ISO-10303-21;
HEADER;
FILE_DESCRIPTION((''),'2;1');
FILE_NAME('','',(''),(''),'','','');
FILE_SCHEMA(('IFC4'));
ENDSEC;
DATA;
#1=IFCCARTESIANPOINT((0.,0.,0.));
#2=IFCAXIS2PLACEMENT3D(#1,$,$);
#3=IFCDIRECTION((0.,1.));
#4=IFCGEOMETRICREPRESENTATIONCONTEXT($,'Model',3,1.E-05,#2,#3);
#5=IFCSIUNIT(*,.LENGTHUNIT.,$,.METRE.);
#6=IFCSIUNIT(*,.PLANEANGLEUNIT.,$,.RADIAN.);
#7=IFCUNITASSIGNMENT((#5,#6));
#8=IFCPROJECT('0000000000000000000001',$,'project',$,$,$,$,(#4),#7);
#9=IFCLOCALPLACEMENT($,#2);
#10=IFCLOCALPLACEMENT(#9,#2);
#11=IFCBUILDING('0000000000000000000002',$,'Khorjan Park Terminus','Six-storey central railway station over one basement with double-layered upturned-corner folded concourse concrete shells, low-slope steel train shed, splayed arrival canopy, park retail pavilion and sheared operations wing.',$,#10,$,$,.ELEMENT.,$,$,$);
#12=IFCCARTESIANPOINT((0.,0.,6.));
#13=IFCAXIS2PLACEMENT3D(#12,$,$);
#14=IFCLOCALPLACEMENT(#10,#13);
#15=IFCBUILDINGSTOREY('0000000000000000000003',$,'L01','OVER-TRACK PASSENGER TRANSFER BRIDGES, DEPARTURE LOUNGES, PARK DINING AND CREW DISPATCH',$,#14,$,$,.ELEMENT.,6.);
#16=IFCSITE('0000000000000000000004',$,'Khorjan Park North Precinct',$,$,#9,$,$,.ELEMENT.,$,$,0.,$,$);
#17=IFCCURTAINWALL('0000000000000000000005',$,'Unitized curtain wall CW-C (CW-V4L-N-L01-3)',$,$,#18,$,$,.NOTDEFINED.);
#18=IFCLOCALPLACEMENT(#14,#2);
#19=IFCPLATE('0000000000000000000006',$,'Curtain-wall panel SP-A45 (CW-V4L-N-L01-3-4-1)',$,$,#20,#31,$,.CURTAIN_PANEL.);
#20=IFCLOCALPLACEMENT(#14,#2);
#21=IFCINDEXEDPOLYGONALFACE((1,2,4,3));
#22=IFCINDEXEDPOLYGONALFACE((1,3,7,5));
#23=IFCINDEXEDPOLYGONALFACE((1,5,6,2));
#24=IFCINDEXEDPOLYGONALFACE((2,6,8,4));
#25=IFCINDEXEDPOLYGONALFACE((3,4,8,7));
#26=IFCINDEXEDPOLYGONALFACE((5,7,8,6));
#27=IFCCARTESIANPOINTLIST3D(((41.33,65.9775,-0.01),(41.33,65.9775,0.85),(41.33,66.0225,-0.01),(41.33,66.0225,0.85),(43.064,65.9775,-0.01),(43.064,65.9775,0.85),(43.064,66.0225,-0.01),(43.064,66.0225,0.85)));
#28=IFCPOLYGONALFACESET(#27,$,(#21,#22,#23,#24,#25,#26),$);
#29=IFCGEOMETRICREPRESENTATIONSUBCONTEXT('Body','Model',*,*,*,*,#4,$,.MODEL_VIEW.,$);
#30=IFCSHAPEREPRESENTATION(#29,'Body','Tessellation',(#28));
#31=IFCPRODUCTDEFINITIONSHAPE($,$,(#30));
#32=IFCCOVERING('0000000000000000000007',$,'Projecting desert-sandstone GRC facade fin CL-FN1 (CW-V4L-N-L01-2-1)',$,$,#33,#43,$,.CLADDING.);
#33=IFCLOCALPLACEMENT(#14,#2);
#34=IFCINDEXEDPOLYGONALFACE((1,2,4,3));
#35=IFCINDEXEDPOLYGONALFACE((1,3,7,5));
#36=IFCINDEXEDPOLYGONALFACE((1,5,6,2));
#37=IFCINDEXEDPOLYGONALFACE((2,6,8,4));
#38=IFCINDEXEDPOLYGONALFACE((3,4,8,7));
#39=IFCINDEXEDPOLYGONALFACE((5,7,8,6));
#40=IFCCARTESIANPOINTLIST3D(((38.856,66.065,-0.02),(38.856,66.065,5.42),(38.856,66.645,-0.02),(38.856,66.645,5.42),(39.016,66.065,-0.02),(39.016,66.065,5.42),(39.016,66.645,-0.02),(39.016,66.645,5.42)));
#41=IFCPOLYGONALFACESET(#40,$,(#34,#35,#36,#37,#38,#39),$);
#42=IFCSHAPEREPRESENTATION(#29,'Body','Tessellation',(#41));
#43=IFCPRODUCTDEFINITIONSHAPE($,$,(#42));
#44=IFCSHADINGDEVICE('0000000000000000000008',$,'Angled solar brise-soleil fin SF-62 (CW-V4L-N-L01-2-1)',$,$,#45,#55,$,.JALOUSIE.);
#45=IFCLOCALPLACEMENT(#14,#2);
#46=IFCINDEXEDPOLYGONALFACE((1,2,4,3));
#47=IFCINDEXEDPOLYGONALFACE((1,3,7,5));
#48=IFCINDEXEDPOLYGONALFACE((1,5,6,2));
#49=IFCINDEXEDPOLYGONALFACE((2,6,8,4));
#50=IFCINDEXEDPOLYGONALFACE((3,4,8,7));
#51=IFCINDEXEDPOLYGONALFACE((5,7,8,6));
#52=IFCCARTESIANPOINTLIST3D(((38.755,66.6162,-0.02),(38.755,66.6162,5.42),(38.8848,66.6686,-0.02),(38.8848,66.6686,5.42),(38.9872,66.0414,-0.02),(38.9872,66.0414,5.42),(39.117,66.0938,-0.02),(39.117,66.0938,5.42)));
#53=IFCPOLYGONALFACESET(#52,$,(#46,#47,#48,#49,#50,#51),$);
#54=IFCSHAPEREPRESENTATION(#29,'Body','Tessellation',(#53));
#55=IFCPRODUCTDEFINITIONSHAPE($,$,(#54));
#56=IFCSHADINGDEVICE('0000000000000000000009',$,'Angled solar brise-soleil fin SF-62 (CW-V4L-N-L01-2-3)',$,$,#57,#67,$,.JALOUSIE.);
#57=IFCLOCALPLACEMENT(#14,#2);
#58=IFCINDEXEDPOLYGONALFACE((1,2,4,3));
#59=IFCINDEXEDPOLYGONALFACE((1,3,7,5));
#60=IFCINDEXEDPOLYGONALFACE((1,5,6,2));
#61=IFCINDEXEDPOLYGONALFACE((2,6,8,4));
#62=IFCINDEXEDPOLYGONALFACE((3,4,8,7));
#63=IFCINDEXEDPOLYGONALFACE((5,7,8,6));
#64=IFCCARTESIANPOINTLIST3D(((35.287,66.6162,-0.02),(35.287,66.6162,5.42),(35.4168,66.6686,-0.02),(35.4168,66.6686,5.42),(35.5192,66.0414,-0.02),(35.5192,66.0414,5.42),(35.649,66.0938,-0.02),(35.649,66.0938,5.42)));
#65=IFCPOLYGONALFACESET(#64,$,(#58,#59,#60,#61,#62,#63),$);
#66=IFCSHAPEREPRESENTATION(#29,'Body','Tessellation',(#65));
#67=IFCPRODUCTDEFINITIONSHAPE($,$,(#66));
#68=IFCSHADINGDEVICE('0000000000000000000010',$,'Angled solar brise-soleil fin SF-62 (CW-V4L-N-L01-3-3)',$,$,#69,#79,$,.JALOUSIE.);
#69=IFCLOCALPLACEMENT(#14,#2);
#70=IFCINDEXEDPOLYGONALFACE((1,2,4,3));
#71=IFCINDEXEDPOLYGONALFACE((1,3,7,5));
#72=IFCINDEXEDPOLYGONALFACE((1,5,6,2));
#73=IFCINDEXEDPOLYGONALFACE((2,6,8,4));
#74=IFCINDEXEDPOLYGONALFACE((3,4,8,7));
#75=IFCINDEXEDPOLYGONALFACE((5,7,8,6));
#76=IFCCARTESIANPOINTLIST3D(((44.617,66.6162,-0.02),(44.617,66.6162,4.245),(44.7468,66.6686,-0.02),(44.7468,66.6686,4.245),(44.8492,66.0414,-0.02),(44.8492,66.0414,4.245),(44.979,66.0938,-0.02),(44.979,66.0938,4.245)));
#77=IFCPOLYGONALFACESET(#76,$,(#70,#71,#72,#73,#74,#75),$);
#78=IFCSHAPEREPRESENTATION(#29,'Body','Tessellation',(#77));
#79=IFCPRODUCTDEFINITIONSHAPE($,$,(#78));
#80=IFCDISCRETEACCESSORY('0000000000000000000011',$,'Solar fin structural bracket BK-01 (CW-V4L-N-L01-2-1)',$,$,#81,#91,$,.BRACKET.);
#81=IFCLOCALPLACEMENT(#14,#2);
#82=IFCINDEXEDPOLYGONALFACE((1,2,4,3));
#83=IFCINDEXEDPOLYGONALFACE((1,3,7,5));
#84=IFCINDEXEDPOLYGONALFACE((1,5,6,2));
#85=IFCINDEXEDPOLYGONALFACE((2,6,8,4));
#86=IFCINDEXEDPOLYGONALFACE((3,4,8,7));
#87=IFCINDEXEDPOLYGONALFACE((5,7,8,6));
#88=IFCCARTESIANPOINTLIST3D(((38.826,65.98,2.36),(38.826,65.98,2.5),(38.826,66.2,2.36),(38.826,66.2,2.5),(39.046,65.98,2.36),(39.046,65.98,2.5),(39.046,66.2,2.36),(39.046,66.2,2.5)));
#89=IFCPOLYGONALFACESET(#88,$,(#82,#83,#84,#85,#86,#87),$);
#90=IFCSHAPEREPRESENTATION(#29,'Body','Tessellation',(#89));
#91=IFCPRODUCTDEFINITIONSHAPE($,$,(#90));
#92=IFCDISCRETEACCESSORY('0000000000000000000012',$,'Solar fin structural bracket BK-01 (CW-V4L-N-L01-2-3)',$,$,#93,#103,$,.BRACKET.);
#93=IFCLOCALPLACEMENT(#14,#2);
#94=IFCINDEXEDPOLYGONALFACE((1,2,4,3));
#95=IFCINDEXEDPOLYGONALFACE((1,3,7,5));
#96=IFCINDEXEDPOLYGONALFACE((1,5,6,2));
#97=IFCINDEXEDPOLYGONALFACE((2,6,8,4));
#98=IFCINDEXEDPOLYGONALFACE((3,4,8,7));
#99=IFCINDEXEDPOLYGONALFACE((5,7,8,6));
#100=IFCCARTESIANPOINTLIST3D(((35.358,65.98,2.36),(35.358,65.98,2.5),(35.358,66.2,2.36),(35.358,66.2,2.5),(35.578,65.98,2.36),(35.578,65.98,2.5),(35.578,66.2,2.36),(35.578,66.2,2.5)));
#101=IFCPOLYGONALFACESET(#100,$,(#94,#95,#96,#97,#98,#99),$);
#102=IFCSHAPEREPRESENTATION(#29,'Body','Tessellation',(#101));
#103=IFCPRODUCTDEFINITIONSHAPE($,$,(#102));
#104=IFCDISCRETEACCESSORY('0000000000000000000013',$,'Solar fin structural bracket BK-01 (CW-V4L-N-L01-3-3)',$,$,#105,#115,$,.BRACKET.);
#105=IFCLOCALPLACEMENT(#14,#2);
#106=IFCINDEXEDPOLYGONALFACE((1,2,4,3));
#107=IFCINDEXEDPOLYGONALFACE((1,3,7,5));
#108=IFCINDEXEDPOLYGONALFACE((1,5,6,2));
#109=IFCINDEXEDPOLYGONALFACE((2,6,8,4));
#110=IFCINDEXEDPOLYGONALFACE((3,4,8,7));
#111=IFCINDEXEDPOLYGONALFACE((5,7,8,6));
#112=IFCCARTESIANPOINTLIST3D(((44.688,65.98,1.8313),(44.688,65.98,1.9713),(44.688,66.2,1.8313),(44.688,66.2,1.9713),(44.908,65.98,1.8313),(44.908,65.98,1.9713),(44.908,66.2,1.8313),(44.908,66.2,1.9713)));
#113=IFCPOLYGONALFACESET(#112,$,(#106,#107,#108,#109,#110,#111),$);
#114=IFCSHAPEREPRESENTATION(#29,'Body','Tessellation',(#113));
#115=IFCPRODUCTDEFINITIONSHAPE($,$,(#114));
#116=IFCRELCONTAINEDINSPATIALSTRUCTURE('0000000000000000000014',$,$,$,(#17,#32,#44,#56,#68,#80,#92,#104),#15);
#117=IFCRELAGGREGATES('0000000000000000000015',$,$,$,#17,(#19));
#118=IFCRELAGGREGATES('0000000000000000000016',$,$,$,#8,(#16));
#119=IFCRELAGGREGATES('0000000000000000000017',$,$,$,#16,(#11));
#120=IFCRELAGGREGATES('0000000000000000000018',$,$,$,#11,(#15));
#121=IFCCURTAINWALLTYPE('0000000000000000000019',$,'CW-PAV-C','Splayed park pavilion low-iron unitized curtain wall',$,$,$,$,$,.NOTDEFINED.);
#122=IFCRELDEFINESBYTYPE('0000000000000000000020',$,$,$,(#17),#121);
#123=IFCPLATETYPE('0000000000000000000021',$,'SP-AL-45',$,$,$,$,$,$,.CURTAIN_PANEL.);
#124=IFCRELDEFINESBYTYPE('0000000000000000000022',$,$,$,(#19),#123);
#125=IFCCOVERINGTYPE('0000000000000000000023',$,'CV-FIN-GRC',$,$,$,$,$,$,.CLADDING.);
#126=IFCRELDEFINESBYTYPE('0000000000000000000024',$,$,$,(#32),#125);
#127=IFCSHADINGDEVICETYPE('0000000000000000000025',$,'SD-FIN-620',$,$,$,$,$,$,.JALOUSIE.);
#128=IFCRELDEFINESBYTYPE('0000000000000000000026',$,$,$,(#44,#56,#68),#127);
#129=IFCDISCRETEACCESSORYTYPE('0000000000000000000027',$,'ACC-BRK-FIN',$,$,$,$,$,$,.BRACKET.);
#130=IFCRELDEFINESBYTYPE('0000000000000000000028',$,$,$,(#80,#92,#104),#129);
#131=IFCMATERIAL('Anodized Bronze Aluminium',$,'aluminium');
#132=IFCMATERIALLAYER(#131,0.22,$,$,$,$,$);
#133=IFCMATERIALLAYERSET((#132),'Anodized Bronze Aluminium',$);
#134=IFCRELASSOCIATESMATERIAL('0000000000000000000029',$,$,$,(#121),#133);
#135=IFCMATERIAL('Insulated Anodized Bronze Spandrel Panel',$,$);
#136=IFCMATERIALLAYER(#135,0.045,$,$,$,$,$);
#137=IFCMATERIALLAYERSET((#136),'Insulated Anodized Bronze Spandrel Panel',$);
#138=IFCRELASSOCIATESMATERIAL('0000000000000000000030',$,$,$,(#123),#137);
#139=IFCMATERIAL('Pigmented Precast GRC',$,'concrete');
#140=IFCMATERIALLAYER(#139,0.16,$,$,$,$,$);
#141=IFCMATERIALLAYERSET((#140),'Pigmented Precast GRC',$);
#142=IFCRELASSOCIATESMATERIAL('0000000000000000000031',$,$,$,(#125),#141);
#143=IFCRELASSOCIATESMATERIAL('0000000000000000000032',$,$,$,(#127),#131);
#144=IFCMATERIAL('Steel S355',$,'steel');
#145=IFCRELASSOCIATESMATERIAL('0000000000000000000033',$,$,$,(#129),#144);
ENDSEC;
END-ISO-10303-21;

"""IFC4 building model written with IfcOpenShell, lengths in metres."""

from ifc_helpers import new_model, si_unit, direction, frame, origin, origin_2d, place, context, subcontext, project, spatial, rectangle, extrude, material, layer, layer_set, type_object, element, aggregate, save


model = new_model("IFC4")

# Units and contexts
model_context = context("Model", 3, precision=1e-05, world=origin(), true_north=direction((0.0, 1.0)))
body_context = subcontext(model_context, "Body", "Model", "MODEL_VIEW")
ifc_project = project(units=[si_unit("LENGTHUNIT", "METRE"), si_unit("PLANEANGLEUNIT", "RADIAN")], contexts=[model_context])

# Site, building, storey
site_placement = place(None, origin())
site = spatial("IfcSite", under=ifc_project, at=site_placement, Name="Khorjan Park North Precinct", CompositionType="ELEMENT", RefElevation=0.0)
building_placement = place(site_placement, origin())
building = spatial("IfcBuilding", under=site, at=building_placement, Name="Khorjan Park Terminus", Description="Six-storey central railway station over one basement with double-layered upturned-corner folded concourse concrete shells, low-slope steel train shed, splayed arrival canopy, park retail pavilion and sheared operations wing.", CompositionType="ELEMENT")
storey_placement = place(building_placement, frame((0.0, 0.0, 6.0)))
storey = spatial("IfcBuildingStorey", under=building, at=storey_placement, Name="L01", Description="OVER-TRACK PASSENGER TRANSFER BRIDGES, DEPARTURE LOUNGES, PARK DINING AND CREW DISPATCH", CompositionType="ELEMENT", Elevation=6.0)

# Shared definitions
ifc_material_1 = material(Name="Anodized Bronze Aluminium", Category="aluminium")
ifc_layer_1 = layer(ifc_material_1, 0.22)
ifc_layer_set_1 = layer_set([ifc_layer_1], Name="Anodized Bronze Aluminium")
curtain_wall_type = type_object("IfcCurtainWallType", Name="CW-PAV-C", Description="Splayed park pavilion low-iron unitized curtain wall", PredefinedType="NOTDEFINED", material=ifc_layer_set_1)

# Curtain wall
curtain_wall_1_placement = place(storey_placement, origin())
curtain_wall_1 = element("IfcCurtainWall", 1, at=curtain_wall_1_placement, inside=storey, type_object=curtain_wall_type, Name="Unitized curtain wall CW-C (CW-V4L-N-L01-3)", PredefinedType="NOTDEFINED")

# Plate
ifc_material_2 = material(Name="Insulated Anodized Bronze Spandrel Panel")
ifc_layer_2 = layer(ifc_material_2, 0.045)
ifc_layer_set_2 = layer_set([ifc_layer_2], Name="Insulated Anodized Bronze Spandrel Panel")
plate_type_1 = type_object("IfcPlateType", Name="SP-AL-45", PredefinedType="CURTAIN_PANEL", material=ifc_layer_set_2)
plate_1_placement = place(storey_placement, frame((42.197, 66.0, -0.01), z_axis=(0.0, 0.0, 1.0), x_axis=(-1.0, 0.0, 0.0)))
plate_1 = element("IfcPlate", 2, at=plate_1_placement, type_object=plate_type_1, Name="Curtain-wall panel SP-A45 (CW-V4L-N-L01-3-4-1)", PredefinedType="CURTAIN_PANEL", context=body_context, shape_type="SweptSolid", body=[
    extrude(rectangle(XDim=1.734, YDim=0.045, at=origin_2d()), origin(), (0.0, 0.0, 1.0), 0.86),
])
aggregate(curtain_wall_1, [plate_1])

# Covering
ifc_material_3 = material(Name="Pigmented Precast GRC", Category="concrete")
ifc_layer_3 = layer(ifc_material_3, 0.16)
ifc_layer_set_3 = layer_set([ifc_layer_3], Name="Pigmented Precast GRC")
covering_type = type_object("IfcCoveringType", Name="CV-FIN-GRC", PredefinedType="CLADDING", material=ifc_layer_set_3)
covering_placement = place(storey_placement, frame((38.936, 66.355, -0.02), z_axis=(0.0, 0.0, 1.0), x_axis=(0.0, -1.0, 0.0)))
element("IfcCovering", 3, at=covering_placement, inside=storey, type_object=covering_type, Name="Projecting desert-sandstone GRC facade fin CL-FN1 (CW-V4L-N-L01-2-1)", PredefinedType="CLADDING", context=body_context, shape_type="SweptSolid", body=[
    extrude(rectangle(XDim=0.58, YDim=0.16, at=origin_2d()), origin(), (0.0, 0.0, 1.0), 5.44),
])

# Shading devices
shading_device_type = type_object("IfcShadingDeviceType", Name="SD-FIN-620", PredefinedType="JALOUSIE", material=ifc_material_1)
for number, where, z_axis, x_axis, name in (
    (4, (38.936, 66.355, -0.02), (0.0, 0.0, 1.0), (0.374607, -0.927184, 0.0), "Angled solar brise-soleil fin SF-62 (CW-V4L-N-L01-2-1)"),
    (5, (35.468, 66.355, -0.02), (0.0, 0.0, 1.0), (0.374607, -0.927184, 0.0), "Angled solar brise-soleil fin SF-62 (CW-V4L-N-L01-2-3)"),
):
    element("IfcShadingDevice", number, at=place(storey_placement, frame(where, z_axis=z_axis, x_axis=x_axis)), inside=storey, type_object=shading_device_type, Name=name, PredefinedType="JALOUSIE", context=body_context, shape_type="SweptSolid", body=[
        extrude(rectangle(XDim=0.62, YDim=0.14, at=origin_2d()), origin(), (0.0, 0.0, 1.0), 5.44),
    ])
shading_device_placement = place(storey_placement, frame((44.798, 66.355, -0.02), z_axis=(0.0, 0.0, 1.0), x_axis=(0.374607, -0.927184, 0.0)))
element("IfcShadingDevice", 6, at=shading_device_placement, inside=storey, type_object=shading_device_type, Name="Angled solar brise-soleil fin SF-62 (CW-V4L-N-L01-3-3)", PredefinedType="JALOUSIE", context=body_context, shape_type="SweptSolid", body=[
    extrude(rectangle(XDim=0.62, YDim=0.14, at=origin_2d()), origin(), (0.0, 0.0, 1.0), 4.265),
])

# Discrete accessories
ifc_material_4 = material(Name="Steel S355", Category="steel")
discrete_accessory_type = type_object("IfcDiscreteAccessoryType", Name="ACC-BRK-FIN", PredefinedType="BRACKET", material=ifc_material_4)
for number, where, z_axis, x_axis, name in (
    (7, (38.936, 66.09, 2.36), (0.0, 0.0, 1.0), (-1.0, 0.0, 0.0), "Solar fin structural bracket BK-01 (CW-V4L-N-L01-2-1)"),
    (8, (35.468, 66.09, 2.36), (0.0, 0.0, 1.0), (-1.0, 0.0, 0.0), "Solar fin structural bracket BK-01 (CW-V4L-N-L01-2-3)"),
    (9, (44.798, 66.09, 1.8313), (0.0, 0.0, 1.0), (-1.0, 0.0, 0.0), "Solar fin structural bracket BK-01 (CW-V4L-N-L01-3-3)"),
):
    element("IfcDiscreteAccessory", number, at=place(storey_placement, frame(where, z_axis=z_axis, x_axis=x_axis)), inside=storey, type_object=discrete_accessory_type, Name=name, PredefinedType="BRACKET", context=body_context, shape_type="SweptSolid", body=[
        extrude(rectangle(XDim=0.22, YDim=0.22, at=origin_2d()), origin(), (0.0, 0.0, 1.0), 0.14),
    ])

save(model, "model.ifc")
